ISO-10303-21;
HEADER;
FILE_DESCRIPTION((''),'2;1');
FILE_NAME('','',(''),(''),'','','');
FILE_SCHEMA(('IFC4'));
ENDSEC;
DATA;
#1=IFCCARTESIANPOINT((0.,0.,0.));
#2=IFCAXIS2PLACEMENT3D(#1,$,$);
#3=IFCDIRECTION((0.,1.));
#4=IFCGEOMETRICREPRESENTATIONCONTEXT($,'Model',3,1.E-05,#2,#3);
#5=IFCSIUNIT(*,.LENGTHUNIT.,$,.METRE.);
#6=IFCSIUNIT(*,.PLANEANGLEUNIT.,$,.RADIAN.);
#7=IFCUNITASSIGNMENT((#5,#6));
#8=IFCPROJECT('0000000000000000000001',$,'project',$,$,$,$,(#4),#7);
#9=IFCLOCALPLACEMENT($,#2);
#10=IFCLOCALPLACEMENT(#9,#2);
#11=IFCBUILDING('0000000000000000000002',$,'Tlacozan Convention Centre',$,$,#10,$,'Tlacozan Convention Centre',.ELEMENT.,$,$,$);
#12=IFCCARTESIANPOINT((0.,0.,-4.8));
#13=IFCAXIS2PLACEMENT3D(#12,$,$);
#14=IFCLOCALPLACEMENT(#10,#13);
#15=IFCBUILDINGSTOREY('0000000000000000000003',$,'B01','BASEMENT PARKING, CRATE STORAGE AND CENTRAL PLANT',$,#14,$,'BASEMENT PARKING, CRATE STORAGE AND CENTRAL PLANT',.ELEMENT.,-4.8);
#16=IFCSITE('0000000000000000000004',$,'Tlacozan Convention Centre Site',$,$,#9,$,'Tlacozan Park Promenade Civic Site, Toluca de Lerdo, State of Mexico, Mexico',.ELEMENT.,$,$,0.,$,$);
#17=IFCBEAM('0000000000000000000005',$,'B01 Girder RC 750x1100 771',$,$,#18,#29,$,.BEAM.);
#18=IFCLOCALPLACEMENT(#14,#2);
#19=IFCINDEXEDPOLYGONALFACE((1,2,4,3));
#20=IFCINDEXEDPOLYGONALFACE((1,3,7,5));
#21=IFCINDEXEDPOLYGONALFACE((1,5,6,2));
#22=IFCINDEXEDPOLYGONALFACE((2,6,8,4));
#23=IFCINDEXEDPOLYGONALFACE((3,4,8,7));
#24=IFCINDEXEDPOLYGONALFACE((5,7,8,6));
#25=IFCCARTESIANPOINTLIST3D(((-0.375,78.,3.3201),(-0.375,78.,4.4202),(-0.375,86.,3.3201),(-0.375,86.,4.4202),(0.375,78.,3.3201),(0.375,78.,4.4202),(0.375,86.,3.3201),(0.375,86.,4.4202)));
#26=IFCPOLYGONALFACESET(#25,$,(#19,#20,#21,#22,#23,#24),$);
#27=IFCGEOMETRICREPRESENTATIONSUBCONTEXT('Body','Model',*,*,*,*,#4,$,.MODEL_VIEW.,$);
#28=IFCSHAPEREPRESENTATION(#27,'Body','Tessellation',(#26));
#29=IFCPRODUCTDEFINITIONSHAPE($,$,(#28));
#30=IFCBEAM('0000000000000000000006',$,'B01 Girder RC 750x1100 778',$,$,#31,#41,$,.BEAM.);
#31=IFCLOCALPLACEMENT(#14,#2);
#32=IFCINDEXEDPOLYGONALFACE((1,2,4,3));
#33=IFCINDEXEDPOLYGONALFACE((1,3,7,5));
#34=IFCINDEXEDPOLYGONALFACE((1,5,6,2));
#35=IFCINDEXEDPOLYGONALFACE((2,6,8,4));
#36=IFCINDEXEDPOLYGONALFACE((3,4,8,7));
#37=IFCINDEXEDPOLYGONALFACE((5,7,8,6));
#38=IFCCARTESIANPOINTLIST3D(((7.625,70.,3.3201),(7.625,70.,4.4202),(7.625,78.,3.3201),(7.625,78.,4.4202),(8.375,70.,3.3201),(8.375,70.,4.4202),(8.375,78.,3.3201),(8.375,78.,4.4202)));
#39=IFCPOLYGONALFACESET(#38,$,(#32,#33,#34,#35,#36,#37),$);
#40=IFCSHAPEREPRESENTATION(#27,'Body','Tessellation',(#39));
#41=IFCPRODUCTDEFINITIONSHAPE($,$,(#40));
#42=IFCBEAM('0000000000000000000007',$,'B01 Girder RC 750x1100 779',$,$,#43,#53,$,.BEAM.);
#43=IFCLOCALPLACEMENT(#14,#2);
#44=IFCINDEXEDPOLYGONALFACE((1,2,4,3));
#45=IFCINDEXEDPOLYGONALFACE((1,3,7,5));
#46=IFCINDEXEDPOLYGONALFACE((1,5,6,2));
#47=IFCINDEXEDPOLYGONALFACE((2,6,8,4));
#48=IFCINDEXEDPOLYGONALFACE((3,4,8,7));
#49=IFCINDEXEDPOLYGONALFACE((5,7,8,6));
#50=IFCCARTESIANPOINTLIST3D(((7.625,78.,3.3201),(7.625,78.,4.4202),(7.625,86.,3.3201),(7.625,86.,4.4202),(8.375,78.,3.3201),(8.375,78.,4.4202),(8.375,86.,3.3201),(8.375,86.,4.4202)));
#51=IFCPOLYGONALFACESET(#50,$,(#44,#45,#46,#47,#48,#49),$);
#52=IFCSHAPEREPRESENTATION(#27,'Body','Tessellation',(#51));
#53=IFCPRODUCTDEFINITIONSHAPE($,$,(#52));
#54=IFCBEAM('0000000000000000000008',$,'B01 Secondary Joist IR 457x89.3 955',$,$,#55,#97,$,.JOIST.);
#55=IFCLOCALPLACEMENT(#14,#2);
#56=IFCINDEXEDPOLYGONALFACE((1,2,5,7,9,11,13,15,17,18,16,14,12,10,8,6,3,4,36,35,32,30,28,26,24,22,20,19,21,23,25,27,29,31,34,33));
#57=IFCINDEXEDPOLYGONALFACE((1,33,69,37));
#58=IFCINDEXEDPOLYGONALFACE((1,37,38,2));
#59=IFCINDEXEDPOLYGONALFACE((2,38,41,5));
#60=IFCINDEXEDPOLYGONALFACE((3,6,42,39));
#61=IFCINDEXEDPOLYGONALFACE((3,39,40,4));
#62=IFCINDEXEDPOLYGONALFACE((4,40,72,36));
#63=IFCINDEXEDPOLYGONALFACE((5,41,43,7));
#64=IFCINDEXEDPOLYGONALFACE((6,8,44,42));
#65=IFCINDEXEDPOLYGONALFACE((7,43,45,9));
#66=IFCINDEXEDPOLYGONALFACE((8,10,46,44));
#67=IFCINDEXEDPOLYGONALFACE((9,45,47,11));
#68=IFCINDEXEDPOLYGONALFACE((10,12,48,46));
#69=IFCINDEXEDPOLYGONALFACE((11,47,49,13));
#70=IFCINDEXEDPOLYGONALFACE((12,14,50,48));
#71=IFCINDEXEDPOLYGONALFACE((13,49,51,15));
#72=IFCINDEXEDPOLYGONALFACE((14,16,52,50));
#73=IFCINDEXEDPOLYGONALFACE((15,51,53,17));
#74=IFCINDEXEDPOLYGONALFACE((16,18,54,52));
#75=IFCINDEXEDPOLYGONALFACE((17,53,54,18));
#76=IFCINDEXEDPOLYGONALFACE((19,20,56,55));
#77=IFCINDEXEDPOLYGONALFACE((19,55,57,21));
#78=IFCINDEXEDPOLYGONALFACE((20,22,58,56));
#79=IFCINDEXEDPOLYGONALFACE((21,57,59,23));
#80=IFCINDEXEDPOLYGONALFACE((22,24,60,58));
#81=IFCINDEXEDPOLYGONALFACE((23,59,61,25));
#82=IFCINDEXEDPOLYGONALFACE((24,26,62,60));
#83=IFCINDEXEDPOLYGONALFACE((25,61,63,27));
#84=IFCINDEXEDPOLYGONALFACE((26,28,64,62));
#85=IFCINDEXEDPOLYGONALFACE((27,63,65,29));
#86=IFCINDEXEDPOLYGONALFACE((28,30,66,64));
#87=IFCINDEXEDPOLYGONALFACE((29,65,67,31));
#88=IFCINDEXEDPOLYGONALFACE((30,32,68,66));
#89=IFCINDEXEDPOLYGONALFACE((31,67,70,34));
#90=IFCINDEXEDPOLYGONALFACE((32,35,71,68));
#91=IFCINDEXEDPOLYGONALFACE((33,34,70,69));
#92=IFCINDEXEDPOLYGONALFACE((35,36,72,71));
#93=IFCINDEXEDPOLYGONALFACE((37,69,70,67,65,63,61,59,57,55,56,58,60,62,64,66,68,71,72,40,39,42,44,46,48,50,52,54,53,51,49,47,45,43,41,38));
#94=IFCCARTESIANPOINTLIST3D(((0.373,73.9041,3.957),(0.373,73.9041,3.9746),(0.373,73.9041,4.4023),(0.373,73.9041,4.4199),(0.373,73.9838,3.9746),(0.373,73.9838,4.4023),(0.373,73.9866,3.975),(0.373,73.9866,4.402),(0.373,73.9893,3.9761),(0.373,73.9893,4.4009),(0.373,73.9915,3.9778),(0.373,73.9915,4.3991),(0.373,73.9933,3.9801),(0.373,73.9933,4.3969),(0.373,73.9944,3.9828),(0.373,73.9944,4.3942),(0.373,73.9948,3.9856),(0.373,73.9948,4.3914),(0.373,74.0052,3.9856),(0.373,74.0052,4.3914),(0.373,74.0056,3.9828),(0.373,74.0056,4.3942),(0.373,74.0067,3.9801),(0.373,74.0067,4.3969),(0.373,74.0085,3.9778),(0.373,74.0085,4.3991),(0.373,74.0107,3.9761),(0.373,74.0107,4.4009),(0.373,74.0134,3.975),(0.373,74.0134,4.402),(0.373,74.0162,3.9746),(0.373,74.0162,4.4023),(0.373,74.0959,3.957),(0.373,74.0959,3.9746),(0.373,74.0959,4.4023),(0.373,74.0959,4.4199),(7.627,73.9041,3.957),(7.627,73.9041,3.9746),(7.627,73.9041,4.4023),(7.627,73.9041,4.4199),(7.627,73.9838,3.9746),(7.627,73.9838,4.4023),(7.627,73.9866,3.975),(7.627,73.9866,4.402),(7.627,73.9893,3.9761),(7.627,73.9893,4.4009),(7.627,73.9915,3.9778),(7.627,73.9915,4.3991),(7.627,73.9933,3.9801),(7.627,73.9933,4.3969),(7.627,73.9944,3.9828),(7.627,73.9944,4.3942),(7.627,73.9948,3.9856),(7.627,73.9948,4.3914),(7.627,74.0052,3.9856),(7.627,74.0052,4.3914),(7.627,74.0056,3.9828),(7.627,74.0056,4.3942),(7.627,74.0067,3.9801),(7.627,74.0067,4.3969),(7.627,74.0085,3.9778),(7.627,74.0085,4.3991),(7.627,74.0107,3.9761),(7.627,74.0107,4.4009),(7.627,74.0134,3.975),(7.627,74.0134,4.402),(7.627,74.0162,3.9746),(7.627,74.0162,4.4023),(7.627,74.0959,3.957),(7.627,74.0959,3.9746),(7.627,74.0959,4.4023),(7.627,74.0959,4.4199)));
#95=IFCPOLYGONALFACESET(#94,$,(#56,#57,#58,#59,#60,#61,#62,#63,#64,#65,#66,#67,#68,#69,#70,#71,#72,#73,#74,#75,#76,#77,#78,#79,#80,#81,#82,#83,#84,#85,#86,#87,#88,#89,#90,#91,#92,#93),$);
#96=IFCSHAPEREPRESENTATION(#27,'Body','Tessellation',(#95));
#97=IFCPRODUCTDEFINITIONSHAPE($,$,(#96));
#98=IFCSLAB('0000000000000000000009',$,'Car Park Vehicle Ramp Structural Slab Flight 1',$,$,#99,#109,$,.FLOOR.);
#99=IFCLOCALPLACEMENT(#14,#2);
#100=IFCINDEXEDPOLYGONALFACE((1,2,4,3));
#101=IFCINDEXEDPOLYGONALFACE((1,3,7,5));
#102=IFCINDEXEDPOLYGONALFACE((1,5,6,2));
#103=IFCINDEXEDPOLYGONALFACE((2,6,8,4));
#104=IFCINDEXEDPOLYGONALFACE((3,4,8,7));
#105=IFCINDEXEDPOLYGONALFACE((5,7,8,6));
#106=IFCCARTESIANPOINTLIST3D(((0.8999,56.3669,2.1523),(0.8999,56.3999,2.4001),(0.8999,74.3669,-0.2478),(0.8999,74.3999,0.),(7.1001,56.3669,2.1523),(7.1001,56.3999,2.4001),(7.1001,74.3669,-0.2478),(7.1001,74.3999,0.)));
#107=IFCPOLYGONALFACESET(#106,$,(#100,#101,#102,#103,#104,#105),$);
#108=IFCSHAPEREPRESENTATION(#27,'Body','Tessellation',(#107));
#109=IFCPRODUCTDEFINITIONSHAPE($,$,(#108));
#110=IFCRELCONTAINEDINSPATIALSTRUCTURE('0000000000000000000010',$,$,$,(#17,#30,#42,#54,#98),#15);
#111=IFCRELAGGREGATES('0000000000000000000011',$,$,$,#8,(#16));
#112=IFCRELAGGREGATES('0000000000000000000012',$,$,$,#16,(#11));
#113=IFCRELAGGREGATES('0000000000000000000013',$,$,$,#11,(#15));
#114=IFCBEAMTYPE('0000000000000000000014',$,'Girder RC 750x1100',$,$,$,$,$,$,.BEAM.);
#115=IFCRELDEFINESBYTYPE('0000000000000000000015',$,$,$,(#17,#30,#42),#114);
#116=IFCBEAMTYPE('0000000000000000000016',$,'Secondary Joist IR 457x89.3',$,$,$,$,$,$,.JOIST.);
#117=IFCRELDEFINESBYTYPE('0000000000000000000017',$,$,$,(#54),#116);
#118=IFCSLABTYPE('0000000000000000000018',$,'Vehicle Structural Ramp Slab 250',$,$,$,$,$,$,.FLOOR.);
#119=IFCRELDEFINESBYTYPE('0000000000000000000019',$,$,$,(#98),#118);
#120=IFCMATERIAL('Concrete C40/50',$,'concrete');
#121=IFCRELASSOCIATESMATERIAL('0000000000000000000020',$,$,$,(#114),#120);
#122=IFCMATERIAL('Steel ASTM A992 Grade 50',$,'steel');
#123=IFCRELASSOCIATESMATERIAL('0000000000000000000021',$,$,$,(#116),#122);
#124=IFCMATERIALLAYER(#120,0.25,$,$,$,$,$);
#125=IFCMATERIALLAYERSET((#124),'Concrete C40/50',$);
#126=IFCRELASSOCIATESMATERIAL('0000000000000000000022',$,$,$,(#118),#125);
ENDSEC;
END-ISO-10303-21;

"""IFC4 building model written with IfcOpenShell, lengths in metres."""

from ifc_helpers import new_model, si_unit, direction, frame, origin, origin_2d, place, context, subcontext, project, spatial, polyline, rectangle, i_section, outline, extrude, material, layer, layer_set, material_profile, profile_set, type_object, element, save


model = new_model("IFC4")

# Units and contexts
model_context = context("Model", 3, precision=1e-05, world=origin(), true_north=direction((0.0, 1.0)))
body_context = subcontext(model_context, "Body", "Model", "MODEL_VIEW")
ifc_project = project(units=[si_unit("LENGTHUNIT", "METRE"), si_unit("PLANEANGLEUNIT", "RADIAN")], contexts=[model_context])

# Site, building, storey
site_placement = place(None, origin())
site = spatial("IfcSite", under=ifc_project, at=site_placement, Name="Tlacozan Convention Centre Site", LongName="Tlacozan Park Promenade Civic Site, Toluca de Lerdo, State of Mexico, Mexico", CompositionType="ELEMENT", RefElevation=0.0)
building_placement = place(site_placement, origin())
building = spatial("IfcBuilding", under=site, at=building_placement, Name="Tlacozan Convention Centre", LongName="Tlacozan Convention Centre", CompositionType="ELEMENT")
storey_placement = place(building_placement, frame((0.0, 0.0, -4.8)))
storey = spatial("IfcBuildingStorey", under=building, at=storey_placement, Name="B01", Description="BASEMENT PARKING, CRATE STORAGE AND CENTRAL PLANT", LongName="BASEMENT PARKING, CRATE STORAGE AND CENTRAL PLANT", CompositionType="ELEMENT", Elevation=-4.8)

# Shared definitions
ifc_material_1 = material(Name="Concrete C40/50", Category="concrete")

# Beams
ifc_material_profile_1 = material_profile(ifc_material_1, rectangle(XDim=0.75, YDim=1.1001, at=origin_2d()), Name="RC 750x1100")
ifc_profile_set_1 = profile_set([ifc_material_profile_1], Name="Concrete C40/50")
beam_type_1 = type_object("IfcBeamType", Name="Girder RC 750x1100", PredefinedType="BEAM", material=ifc_profile_set_1)
for number, where, z_axis, x_axis, name in (
    (1, (0.0, 78.0, 3.8701), (0.0, 1.0, 0.0), (-1.0, 0.0, 0.0), "B01 Girder RC 750x1100 771"),
    (2, (8.0, 70.0, 3.8701), (0.0, 1.0, 0.0), (-1.0, 0.0, 0.0), "B01 Girder RC 750x1100 778"),
    (3, (8.0, 78.0, 3.8701), (0.0, 1.0, 0.0), (-1.0, 0.0, 0.0), "B01 Girder RC 750x1100 779"),
):
    element("IfcBeam", number, at=place(storey_placement, frame(where, z_axis=z_axis, x_axis=x_axis)), inside=storey, type_object=beam_type_1, Name=name, PredefinedType="BEAM", context=body_context, shape_type="SweptSolid", body=[
        extrude(rectangle(XDim=0.75, YDim=1.1001, at=origin_2d()), origin(), (0.0, 0.0, 1.0), 8.0),
    ])
ifc_material_2 = material(Name="Steel ASTM A992 Grade 50", Category="steel")
ifc_material_profile_2 = material_profile(ifc_material_2, i_section(OverallWidth=0.1919, OverallDepth=0.4629, WebThickness=0.0105, FlangeThickness=0.0176, FilletRadius=0.011, at=origin_2d()), Name="IR 457x89.3")
ifc_profile_set_2 = profile_set([ifc_material_profile_2], Name="Steel ASTM A992 Grade 50")
beam_type_2 = type_object("IfcBeamType", Name="Secondary Joist IR 457x89.3", PredefinedType="JOIST", material=ifc_profile_set_2)
beam_placement = place(storey_placement, frame((0.373, 74.0, 4.1885), z_axis=(1.0, 0.0, 0.0), x_axis=(0.0, 1.0, 0.0)))
element("IfcBeam", 4, at=beam_placement, inside=storey, type_object=beam_type_2, Name="B01 Secondary Joist IR 457x89.3 955", PredefinedType="JOIST", context=body_context, shape_type="SweptSolid", body=[
    extrude(i_section(OverallWidth=0.1919, OverallDepth=0.4629, WebThickness=0.0105, FlangeThickness=0.0176, FilletRadius=0.011, at=origin_2d()), origin(), (0.0, 0.0, 1.0), 7.2539),
])

# Slab
ifc_layer_1 = layer(ifc_material_1, 0.25)
ifc_layer_set_1 = layer_set([ifc_layer_1], Name="Concrete C40/50")
slab_type = type_object("IfcSlabType", Name="Vehicle Structural Ramp Slab 250", PredefinedType="FLOOR", material=ifc_layer_set_1)
slab_placement = place(storey_placement, frame((0.8999, 74.3999, 0.0), z_axis=(0.0, 0.132172, 0.991227), x_axis=(1.0, 0.0, 0.0)))
element("IfcSlab", 5, at=slab_placement, inside=storey, type_object=slab_type, Name="Car Park Vehicle Ramp Structural Slab Flight 1", PredefinedType="FLOOR", context=body_context, shape_type="SweptSolid", body=[
    extrude(outline(polyline([(0.0, 0.0), (6.2002, 0.0), (6.2002, -18.1593), (0.0, -18.1593), (0.0, 0.0)])), origin(), (0.0, 0.0, -1.0), 0.25),
])

save(model, "model.ifc")
